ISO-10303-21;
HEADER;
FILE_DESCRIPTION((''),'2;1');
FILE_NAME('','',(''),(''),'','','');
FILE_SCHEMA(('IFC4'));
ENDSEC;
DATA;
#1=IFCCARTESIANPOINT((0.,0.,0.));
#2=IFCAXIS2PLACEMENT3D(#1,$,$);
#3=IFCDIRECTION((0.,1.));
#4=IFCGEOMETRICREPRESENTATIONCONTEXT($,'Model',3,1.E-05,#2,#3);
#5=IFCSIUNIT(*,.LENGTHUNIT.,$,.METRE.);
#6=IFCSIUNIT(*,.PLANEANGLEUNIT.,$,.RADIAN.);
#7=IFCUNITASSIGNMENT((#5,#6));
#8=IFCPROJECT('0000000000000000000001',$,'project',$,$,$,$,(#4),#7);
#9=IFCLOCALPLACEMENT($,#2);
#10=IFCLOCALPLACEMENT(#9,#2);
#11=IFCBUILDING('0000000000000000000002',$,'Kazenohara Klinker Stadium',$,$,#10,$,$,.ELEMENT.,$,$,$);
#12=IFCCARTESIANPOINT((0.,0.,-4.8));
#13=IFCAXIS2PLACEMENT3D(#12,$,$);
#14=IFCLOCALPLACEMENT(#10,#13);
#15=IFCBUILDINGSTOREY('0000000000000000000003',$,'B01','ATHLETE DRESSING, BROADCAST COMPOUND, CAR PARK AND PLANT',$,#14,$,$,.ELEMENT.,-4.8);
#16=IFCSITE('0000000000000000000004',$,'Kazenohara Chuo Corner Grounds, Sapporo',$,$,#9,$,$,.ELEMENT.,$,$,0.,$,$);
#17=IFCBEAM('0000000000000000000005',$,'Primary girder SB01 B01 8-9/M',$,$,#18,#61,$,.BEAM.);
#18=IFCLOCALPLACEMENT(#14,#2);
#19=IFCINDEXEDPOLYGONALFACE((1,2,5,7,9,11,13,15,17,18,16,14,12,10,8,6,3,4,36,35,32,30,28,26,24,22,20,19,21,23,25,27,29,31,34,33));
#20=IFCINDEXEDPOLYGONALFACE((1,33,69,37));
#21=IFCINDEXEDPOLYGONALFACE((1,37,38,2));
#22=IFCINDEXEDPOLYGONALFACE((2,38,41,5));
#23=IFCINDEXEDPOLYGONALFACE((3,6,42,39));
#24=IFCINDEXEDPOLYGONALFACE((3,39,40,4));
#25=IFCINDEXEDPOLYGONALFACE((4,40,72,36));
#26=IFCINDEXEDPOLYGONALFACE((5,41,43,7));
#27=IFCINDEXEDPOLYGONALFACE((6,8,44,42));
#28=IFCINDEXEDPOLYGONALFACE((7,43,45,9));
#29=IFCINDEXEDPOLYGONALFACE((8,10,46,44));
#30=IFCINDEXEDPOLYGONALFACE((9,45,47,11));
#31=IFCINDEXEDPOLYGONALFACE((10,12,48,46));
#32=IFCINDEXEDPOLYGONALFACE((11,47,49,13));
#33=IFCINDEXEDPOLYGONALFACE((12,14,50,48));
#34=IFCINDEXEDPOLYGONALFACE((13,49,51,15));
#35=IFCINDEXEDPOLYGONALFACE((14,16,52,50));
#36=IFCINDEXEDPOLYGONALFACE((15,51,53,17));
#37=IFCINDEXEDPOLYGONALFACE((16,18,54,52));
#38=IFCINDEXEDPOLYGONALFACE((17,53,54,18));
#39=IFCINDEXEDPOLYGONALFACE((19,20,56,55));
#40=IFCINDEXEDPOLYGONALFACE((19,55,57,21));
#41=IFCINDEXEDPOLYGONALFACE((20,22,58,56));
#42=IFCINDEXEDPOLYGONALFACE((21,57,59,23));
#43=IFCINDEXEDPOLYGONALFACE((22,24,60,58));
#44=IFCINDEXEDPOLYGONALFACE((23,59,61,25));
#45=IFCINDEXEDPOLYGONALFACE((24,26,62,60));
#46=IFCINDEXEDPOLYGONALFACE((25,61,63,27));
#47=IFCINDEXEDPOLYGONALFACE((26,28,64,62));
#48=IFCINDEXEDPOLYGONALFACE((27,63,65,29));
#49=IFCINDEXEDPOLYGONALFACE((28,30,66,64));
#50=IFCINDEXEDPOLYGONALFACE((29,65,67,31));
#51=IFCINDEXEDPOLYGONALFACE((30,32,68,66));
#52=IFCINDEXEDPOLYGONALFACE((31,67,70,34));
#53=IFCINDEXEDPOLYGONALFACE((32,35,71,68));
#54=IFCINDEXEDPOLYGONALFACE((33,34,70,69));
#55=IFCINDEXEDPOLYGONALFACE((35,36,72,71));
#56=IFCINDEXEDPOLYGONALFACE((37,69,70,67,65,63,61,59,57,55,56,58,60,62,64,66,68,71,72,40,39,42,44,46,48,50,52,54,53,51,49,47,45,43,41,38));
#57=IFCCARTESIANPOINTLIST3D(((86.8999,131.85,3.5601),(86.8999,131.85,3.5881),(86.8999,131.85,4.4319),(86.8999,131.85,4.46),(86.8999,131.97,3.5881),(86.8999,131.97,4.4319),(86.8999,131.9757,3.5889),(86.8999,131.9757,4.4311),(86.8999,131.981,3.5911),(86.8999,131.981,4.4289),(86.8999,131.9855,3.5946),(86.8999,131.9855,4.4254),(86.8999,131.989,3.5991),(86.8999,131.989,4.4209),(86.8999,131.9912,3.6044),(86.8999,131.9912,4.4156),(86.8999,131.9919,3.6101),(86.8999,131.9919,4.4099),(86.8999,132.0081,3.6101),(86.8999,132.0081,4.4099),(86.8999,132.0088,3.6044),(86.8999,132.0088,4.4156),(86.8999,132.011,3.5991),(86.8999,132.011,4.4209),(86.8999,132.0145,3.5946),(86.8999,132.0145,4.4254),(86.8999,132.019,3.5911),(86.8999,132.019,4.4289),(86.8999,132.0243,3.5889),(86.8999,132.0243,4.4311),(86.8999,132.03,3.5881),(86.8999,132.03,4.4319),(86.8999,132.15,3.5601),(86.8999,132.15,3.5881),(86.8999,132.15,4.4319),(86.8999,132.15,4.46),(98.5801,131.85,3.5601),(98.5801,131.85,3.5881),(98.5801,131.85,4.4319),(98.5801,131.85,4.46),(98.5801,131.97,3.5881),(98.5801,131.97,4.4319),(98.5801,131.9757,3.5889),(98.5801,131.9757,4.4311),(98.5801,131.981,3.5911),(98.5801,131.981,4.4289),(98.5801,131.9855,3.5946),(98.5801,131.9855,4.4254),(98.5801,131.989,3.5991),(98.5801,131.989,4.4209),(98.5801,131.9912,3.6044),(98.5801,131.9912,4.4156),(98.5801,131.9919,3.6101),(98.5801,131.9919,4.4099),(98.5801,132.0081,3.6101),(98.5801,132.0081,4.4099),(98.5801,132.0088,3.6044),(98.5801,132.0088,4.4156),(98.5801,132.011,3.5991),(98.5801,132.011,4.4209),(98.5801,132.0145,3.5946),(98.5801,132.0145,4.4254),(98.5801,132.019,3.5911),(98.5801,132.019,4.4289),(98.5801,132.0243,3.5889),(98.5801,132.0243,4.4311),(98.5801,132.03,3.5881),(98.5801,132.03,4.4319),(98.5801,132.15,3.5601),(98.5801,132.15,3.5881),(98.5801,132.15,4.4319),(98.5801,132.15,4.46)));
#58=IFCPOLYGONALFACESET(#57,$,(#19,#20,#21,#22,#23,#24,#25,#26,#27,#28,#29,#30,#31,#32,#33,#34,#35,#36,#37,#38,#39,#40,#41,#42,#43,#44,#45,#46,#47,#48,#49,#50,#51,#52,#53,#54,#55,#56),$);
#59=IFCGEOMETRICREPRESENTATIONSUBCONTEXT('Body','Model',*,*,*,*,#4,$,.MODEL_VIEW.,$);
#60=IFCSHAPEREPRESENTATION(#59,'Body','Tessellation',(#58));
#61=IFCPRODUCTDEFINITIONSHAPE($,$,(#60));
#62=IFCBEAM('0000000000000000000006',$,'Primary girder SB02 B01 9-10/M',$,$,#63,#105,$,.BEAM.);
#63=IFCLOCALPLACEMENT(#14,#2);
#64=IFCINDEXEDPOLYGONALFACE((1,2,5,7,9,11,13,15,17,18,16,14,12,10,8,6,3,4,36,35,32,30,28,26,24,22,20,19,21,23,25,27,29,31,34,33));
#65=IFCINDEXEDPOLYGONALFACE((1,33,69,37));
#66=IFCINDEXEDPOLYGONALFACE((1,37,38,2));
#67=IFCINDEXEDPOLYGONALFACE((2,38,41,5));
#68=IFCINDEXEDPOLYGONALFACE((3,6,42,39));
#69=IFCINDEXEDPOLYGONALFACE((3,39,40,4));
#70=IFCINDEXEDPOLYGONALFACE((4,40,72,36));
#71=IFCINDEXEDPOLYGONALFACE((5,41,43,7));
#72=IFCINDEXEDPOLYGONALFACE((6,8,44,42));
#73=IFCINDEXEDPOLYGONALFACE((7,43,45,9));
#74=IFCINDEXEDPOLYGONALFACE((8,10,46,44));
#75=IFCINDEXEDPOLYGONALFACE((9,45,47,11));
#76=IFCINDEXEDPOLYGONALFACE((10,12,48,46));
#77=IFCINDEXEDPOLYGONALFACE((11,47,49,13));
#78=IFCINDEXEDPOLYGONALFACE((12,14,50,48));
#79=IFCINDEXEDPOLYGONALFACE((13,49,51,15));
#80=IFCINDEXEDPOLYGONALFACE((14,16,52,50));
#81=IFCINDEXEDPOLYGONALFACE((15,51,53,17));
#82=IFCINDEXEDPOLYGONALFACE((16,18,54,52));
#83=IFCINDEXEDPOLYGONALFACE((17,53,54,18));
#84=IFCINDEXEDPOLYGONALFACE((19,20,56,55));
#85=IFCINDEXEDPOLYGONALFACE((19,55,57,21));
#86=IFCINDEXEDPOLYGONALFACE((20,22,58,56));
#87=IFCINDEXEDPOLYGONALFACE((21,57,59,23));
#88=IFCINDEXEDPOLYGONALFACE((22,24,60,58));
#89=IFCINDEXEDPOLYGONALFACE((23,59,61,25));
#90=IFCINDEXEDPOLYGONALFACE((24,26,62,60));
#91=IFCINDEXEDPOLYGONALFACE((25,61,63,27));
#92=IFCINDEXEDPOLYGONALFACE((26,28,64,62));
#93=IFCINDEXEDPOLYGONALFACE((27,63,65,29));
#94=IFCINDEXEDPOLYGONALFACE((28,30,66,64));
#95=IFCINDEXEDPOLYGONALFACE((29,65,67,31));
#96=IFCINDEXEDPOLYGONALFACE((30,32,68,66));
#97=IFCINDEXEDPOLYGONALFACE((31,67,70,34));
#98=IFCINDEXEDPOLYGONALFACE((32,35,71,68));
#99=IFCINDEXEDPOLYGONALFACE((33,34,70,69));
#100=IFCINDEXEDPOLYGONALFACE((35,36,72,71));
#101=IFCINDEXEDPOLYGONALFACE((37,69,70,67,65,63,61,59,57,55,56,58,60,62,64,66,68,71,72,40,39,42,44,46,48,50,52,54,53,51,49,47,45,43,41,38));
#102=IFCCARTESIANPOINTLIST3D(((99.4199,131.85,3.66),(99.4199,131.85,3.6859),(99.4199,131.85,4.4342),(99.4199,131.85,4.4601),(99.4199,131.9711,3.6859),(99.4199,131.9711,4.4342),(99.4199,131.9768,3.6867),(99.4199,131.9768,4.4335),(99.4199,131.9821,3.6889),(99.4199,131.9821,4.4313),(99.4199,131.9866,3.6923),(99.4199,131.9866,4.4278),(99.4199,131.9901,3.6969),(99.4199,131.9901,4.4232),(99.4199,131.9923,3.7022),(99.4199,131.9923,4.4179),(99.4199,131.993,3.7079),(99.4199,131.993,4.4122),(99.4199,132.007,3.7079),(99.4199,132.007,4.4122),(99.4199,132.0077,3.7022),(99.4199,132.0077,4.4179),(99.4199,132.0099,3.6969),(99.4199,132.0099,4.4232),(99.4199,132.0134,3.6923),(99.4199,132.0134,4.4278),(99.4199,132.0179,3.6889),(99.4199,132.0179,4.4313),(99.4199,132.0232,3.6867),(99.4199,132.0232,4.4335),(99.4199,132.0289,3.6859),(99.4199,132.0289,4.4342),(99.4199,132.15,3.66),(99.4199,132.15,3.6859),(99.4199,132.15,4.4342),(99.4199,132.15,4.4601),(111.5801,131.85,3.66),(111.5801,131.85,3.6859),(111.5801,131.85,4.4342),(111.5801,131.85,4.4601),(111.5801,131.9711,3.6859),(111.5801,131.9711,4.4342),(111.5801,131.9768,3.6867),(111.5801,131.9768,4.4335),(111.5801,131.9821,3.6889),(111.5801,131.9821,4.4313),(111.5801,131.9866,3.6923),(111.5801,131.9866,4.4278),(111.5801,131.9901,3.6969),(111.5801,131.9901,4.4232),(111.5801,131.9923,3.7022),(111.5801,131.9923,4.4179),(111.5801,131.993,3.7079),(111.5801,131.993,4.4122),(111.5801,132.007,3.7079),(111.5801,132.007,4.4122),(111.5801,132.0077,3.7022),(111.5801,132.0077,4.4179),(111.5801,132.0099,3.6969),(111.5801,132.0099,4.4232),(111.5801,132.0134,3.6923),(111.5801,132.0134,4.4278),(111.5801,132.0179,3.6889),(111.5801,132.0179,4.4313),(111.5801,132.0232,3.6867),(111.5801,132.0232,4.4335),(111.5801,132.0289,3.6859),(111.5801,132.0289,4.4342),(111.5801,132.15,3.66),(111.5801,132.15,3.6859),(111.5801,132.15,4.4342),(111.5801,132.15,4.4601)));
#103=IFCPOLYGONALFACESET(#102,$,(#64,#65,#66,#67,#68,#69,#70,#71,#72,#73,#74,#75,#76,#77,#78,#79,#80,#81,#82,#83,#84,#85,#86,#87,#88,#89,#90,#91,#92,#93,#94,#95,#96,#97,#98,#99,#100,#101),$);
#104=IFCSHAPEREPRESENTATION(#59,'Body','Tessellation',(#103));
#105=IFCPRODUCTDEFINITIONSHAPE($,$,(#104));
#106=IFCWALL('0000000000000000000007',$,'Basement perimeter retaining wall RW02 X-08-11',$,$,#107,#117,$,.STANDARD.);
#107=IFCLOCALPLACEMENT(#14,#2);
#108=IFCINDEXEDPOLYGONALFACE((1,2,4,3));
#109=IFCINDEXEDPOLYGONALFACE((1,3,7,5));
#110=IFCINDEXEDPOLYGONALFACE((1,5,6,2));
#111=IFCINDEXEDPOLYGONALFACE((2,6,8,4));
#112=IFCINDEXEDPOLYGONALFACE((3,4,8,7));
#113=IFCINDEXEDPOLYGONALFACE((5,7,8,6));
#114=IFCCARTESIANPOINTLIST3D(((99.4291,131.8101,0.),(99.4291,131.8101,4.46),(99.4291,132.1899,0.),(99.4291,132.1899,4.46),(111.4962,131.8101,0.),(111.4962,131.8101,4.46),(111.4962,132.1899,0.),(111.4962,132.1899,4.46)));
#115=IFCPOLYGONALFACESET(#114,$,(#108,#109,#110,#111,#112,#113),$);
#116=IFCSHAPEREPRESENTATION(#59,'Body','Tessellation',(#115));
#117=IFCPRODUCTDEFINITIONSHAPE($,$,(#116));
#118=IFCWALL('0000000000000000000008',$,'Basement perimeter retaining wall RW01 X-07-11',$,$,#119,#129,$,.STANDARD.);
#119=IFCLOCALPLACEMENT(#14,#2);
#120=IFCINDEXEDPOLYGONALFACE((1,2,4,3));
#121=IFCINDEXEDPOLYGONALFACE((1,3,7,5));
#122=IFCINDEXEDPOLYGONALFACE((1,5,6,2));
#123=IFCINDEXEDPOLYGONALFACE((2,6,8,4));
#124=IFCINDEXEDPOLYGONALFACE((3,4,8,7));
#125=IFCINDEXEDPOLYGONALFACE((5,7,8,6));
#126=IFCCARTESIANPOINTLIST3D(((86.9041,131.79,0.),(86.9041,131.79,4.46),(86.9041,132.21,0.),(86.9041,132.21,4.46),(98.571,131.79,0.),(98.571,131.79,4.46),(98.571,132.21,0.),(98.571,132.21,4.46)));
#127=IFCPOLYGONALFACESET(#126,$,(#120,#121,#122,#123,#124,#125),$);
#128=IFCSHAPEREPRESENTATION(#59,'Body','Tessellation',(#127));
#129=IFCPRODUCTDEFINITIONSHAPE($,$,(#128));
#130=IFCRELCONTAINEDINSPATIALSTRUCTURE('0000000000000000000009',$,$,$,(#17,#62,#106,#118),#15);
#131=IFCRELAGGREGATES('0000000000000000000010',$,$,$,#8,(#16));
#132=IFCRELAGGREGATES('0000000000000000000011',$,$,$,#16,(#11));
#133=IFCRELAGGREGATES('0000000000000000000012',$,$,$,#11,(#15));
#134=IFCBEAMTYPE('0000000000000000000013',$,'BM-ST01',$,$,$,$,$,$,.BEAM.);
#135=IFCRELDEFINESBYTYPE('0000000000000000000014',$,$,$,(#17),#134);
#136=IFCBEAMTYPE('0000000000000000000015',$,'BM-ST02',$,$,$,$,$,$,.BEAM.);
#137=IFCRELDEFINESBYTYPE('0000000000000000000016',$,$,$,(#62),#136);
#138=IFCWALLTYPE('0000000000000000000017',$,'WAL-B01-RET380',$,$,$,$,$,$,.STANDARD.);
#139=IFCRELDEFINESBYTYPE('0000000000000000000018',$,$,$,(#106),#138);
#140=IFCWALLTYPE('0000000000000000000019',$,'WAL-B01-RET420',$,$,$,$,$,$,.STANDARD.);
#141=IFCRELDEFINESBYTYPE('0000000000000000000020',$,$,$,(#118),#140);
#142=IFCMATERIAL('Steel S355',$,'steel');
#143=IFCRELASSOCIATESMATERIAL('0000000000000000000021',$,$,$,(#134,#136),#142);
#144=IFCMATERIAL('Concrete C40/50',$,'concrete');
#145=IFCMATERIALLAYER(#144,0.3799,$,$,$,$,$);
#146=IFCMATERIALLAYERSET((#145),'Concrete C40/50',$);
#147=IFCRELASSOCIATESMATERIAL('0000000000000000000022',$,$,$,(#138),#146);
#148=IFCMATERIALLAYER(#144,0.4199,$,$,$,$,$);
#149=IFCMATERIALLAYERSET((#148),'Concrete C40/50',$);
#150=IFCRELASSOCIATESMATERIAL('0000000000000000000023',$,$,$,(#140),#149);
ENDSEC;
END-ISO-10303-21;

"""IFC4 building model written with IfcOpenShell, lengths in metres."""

from ifc_helpers import new_model, si_unit, direction, frame, frame_2d, origin, origin_2d, place, context, subcontext, project, spatial, rectangle, i_section, extrude, material, layer, layer_set, material_profile, profile_set, type_object, element, save


model = new_model("IFC4")

# Units and contexts
model_context = context("Model", 3, precision=1e-05, world=origin(), true_north=direction((0.0, 1.0)))
body_context = subcontext(model_context, "Body", "Model", "MODEL_VIEW")
ifc_project = project(units=[si_unit("LENGTHUNIT", "METRE"), si_unit("PLANEANGLEUNIT", "RADIAN")], contexts=[model_context])

# Site, building, storey
site_placement = place(None, origin())
site = spatial("IfcSite", under=ifc_project, at=site_placement, Name="Kazenohara Chuo Corner Grounds, Sapporo", CompositionType="ELEMENT", RefElevation=0.0)
building_placement = place(site_placement, origin())
building = spatial("IfcBuilding", under=site, at=building_placement, Name="Kazenohara Klinker Stadium", CompositionType="ELEMENT")
storey_placement = place(building_placement, frame((0.0, 0.0, -4.8)))
storey = spatial("IfcBuildingStorey", under=building, at=storey_placement, Name="B01", Description="ATHLETE DRESSING, BROADCAST COMPOUND, CAR PARK AND PLANT", CompositionType="ELEMENT", Elevation=-4.8)

# Shared definitions
ifc_material_1 = material(Name="Concrete C40/50", Category="concrete")

# Beams
ifc_material_2 = material(Name="Steel S355", Category="steel")
ifc_material_profile_1 = material_profile(ifc_material_2, i_section(OverallWidth=0.3, OverallDepth=0.8999, WebThickness=0.0161, FlangeThickness=0.0281, FilletRadius=0.022, at=origin_2d()), Name="H-900x300x16x28")
ifc_profile_set_1 = profile_set([ifc_material_profile_1], Name="Steel S355")
beam_type_1 = type_object("IfcBeamType", Name="BM-ST01", PredefinedType="BEAM", material=ifc_profile_set_1)
beam_1_placement = place(storey_placement, frame((86.8999, 132.0, 4.01), z_axis=(1.0, 0.0, 0.0), x_axis=(0.0, 1.0, 0.0)))
element("IfcBeam", 1, at=beam_1_placement, inside=storey, type_object=beam_type_1, Name="Primary girder SB01 B01 8-9/M", PredefinedType="BEAM", context=body_context, shape_type="SweptSolid", body=[
    extrude(i_section(OverallWidth=0.3, OverallDepth=0.8999, WebThickness=0.0161, FlangeThickness=0.0281, FilletRadius=0.022, at=origin_2d()), origin(), (0.0, 0.0, 1.0), 11.6802),
])
ifc_material_profile_2 = material_profile(ifc_material_2, i_section(OverallWidth=0.3, OverallDepth=0.8, WebThickness=0.0139, FlangeThickness=0.0259, FilletRadius=0.022, at=origin_2d()), Name="H-800x300x14x26")
ifc_profile_set_2 = profile_set([ifc_material_profile_2], Name="Steel S355")
beam_type_2 = type_object("IfcBeamType", Name="BM-ST02", PredefinedType="BEAM", material=ifc_profile_set_2)
beam_2_placement = place(storey_placement, frame((99.4199, 132.0, 4.0601), z_axis=(1.0, 0.0, 0.0), x_axis=(0.0, 1.0, 0.0)))
element("IfcBeam", 2, at=beam_2_placement, inside=storey, type_object=beam_type_2, Name="Primary girder SB02 B01 9-10/M", PredefinedType="BEAM", context=body_context, shape_type="SweptSolid", body=[
    extrude(i_section(OverallWidth=0.3, OverallDepth=0.8, WebThickness=0.0139, FlangeThickness=0.0259, FilletRadius=0.022, at=origin_2d()), origin(), (0.0, 0.0, 1.0), 12.1602),
])

# Walls
ifc_layer_1 = layer(ifc_material_1, 0.3799)
ifc_layer_set_1 = layer_set([ifc_layer_1], Name="Concrete C40/50")
wall_type_1 = type_object("IfcWallType", Name="WAL-B01-RET380", PredefinedType="STANDARD", material=ifc_layer_set_1)
wall_1_placement = place(storey_placement, frame((99.429, 132.0, 0.0), z_axis=(0.0, 0.0, 1.0), x_axis=(1.0, 0.0, 0.0)))
element("IfcWall", 3, at=wall_1_placement, inside=storey, type_object=wall_type_1, Name="Basement perimeter retaining wall RW02 X-08-11", PredefinedType="STANDARD", context=body_context, shape_type="SweptSolid", body=[
    extrude(rectangle(XDim=12.0671, YDim=0.3799, at=frame_2d((6.0337, 0.0))), origin(), (0.0, 0.0, 1.0), 4.46),
])
ifc_layer_2 = layer(ifc_material_1, 0.4199)
ifc_layer_set_2 = layer_set([ifc_layer_2], Name="Concrete C40/50")
wall_type_2 = type_object("IfcWallType", Name="WAL-B01-RET420", PredefinedType="STANDARD", material=ifc_layer_set_2)
wall_2_placement = place(storey_placement, frame((86.9041, 132.0, 0.0), z_axis=(0.0, 0.0, 1.0), x_axis=(1.0, 0.0, 0.0)))
element("IfcWall", 4, at=wall_2_placement, inside=storey, type_object=wall_type_2, Name="Basement perimeter retaining wall RW01 X-07-11", PredefinedType="STANDARD", context=body_context, shape_type="SweptSolid", body=[
    extrude(rectangle(XDim=11.667, YDim=0.4199, at=frame_2d((5.8335, 0.0))), origin(), (0.0, 0.0, 1.0), 4.46),
])

save(model, "model.ifc")
